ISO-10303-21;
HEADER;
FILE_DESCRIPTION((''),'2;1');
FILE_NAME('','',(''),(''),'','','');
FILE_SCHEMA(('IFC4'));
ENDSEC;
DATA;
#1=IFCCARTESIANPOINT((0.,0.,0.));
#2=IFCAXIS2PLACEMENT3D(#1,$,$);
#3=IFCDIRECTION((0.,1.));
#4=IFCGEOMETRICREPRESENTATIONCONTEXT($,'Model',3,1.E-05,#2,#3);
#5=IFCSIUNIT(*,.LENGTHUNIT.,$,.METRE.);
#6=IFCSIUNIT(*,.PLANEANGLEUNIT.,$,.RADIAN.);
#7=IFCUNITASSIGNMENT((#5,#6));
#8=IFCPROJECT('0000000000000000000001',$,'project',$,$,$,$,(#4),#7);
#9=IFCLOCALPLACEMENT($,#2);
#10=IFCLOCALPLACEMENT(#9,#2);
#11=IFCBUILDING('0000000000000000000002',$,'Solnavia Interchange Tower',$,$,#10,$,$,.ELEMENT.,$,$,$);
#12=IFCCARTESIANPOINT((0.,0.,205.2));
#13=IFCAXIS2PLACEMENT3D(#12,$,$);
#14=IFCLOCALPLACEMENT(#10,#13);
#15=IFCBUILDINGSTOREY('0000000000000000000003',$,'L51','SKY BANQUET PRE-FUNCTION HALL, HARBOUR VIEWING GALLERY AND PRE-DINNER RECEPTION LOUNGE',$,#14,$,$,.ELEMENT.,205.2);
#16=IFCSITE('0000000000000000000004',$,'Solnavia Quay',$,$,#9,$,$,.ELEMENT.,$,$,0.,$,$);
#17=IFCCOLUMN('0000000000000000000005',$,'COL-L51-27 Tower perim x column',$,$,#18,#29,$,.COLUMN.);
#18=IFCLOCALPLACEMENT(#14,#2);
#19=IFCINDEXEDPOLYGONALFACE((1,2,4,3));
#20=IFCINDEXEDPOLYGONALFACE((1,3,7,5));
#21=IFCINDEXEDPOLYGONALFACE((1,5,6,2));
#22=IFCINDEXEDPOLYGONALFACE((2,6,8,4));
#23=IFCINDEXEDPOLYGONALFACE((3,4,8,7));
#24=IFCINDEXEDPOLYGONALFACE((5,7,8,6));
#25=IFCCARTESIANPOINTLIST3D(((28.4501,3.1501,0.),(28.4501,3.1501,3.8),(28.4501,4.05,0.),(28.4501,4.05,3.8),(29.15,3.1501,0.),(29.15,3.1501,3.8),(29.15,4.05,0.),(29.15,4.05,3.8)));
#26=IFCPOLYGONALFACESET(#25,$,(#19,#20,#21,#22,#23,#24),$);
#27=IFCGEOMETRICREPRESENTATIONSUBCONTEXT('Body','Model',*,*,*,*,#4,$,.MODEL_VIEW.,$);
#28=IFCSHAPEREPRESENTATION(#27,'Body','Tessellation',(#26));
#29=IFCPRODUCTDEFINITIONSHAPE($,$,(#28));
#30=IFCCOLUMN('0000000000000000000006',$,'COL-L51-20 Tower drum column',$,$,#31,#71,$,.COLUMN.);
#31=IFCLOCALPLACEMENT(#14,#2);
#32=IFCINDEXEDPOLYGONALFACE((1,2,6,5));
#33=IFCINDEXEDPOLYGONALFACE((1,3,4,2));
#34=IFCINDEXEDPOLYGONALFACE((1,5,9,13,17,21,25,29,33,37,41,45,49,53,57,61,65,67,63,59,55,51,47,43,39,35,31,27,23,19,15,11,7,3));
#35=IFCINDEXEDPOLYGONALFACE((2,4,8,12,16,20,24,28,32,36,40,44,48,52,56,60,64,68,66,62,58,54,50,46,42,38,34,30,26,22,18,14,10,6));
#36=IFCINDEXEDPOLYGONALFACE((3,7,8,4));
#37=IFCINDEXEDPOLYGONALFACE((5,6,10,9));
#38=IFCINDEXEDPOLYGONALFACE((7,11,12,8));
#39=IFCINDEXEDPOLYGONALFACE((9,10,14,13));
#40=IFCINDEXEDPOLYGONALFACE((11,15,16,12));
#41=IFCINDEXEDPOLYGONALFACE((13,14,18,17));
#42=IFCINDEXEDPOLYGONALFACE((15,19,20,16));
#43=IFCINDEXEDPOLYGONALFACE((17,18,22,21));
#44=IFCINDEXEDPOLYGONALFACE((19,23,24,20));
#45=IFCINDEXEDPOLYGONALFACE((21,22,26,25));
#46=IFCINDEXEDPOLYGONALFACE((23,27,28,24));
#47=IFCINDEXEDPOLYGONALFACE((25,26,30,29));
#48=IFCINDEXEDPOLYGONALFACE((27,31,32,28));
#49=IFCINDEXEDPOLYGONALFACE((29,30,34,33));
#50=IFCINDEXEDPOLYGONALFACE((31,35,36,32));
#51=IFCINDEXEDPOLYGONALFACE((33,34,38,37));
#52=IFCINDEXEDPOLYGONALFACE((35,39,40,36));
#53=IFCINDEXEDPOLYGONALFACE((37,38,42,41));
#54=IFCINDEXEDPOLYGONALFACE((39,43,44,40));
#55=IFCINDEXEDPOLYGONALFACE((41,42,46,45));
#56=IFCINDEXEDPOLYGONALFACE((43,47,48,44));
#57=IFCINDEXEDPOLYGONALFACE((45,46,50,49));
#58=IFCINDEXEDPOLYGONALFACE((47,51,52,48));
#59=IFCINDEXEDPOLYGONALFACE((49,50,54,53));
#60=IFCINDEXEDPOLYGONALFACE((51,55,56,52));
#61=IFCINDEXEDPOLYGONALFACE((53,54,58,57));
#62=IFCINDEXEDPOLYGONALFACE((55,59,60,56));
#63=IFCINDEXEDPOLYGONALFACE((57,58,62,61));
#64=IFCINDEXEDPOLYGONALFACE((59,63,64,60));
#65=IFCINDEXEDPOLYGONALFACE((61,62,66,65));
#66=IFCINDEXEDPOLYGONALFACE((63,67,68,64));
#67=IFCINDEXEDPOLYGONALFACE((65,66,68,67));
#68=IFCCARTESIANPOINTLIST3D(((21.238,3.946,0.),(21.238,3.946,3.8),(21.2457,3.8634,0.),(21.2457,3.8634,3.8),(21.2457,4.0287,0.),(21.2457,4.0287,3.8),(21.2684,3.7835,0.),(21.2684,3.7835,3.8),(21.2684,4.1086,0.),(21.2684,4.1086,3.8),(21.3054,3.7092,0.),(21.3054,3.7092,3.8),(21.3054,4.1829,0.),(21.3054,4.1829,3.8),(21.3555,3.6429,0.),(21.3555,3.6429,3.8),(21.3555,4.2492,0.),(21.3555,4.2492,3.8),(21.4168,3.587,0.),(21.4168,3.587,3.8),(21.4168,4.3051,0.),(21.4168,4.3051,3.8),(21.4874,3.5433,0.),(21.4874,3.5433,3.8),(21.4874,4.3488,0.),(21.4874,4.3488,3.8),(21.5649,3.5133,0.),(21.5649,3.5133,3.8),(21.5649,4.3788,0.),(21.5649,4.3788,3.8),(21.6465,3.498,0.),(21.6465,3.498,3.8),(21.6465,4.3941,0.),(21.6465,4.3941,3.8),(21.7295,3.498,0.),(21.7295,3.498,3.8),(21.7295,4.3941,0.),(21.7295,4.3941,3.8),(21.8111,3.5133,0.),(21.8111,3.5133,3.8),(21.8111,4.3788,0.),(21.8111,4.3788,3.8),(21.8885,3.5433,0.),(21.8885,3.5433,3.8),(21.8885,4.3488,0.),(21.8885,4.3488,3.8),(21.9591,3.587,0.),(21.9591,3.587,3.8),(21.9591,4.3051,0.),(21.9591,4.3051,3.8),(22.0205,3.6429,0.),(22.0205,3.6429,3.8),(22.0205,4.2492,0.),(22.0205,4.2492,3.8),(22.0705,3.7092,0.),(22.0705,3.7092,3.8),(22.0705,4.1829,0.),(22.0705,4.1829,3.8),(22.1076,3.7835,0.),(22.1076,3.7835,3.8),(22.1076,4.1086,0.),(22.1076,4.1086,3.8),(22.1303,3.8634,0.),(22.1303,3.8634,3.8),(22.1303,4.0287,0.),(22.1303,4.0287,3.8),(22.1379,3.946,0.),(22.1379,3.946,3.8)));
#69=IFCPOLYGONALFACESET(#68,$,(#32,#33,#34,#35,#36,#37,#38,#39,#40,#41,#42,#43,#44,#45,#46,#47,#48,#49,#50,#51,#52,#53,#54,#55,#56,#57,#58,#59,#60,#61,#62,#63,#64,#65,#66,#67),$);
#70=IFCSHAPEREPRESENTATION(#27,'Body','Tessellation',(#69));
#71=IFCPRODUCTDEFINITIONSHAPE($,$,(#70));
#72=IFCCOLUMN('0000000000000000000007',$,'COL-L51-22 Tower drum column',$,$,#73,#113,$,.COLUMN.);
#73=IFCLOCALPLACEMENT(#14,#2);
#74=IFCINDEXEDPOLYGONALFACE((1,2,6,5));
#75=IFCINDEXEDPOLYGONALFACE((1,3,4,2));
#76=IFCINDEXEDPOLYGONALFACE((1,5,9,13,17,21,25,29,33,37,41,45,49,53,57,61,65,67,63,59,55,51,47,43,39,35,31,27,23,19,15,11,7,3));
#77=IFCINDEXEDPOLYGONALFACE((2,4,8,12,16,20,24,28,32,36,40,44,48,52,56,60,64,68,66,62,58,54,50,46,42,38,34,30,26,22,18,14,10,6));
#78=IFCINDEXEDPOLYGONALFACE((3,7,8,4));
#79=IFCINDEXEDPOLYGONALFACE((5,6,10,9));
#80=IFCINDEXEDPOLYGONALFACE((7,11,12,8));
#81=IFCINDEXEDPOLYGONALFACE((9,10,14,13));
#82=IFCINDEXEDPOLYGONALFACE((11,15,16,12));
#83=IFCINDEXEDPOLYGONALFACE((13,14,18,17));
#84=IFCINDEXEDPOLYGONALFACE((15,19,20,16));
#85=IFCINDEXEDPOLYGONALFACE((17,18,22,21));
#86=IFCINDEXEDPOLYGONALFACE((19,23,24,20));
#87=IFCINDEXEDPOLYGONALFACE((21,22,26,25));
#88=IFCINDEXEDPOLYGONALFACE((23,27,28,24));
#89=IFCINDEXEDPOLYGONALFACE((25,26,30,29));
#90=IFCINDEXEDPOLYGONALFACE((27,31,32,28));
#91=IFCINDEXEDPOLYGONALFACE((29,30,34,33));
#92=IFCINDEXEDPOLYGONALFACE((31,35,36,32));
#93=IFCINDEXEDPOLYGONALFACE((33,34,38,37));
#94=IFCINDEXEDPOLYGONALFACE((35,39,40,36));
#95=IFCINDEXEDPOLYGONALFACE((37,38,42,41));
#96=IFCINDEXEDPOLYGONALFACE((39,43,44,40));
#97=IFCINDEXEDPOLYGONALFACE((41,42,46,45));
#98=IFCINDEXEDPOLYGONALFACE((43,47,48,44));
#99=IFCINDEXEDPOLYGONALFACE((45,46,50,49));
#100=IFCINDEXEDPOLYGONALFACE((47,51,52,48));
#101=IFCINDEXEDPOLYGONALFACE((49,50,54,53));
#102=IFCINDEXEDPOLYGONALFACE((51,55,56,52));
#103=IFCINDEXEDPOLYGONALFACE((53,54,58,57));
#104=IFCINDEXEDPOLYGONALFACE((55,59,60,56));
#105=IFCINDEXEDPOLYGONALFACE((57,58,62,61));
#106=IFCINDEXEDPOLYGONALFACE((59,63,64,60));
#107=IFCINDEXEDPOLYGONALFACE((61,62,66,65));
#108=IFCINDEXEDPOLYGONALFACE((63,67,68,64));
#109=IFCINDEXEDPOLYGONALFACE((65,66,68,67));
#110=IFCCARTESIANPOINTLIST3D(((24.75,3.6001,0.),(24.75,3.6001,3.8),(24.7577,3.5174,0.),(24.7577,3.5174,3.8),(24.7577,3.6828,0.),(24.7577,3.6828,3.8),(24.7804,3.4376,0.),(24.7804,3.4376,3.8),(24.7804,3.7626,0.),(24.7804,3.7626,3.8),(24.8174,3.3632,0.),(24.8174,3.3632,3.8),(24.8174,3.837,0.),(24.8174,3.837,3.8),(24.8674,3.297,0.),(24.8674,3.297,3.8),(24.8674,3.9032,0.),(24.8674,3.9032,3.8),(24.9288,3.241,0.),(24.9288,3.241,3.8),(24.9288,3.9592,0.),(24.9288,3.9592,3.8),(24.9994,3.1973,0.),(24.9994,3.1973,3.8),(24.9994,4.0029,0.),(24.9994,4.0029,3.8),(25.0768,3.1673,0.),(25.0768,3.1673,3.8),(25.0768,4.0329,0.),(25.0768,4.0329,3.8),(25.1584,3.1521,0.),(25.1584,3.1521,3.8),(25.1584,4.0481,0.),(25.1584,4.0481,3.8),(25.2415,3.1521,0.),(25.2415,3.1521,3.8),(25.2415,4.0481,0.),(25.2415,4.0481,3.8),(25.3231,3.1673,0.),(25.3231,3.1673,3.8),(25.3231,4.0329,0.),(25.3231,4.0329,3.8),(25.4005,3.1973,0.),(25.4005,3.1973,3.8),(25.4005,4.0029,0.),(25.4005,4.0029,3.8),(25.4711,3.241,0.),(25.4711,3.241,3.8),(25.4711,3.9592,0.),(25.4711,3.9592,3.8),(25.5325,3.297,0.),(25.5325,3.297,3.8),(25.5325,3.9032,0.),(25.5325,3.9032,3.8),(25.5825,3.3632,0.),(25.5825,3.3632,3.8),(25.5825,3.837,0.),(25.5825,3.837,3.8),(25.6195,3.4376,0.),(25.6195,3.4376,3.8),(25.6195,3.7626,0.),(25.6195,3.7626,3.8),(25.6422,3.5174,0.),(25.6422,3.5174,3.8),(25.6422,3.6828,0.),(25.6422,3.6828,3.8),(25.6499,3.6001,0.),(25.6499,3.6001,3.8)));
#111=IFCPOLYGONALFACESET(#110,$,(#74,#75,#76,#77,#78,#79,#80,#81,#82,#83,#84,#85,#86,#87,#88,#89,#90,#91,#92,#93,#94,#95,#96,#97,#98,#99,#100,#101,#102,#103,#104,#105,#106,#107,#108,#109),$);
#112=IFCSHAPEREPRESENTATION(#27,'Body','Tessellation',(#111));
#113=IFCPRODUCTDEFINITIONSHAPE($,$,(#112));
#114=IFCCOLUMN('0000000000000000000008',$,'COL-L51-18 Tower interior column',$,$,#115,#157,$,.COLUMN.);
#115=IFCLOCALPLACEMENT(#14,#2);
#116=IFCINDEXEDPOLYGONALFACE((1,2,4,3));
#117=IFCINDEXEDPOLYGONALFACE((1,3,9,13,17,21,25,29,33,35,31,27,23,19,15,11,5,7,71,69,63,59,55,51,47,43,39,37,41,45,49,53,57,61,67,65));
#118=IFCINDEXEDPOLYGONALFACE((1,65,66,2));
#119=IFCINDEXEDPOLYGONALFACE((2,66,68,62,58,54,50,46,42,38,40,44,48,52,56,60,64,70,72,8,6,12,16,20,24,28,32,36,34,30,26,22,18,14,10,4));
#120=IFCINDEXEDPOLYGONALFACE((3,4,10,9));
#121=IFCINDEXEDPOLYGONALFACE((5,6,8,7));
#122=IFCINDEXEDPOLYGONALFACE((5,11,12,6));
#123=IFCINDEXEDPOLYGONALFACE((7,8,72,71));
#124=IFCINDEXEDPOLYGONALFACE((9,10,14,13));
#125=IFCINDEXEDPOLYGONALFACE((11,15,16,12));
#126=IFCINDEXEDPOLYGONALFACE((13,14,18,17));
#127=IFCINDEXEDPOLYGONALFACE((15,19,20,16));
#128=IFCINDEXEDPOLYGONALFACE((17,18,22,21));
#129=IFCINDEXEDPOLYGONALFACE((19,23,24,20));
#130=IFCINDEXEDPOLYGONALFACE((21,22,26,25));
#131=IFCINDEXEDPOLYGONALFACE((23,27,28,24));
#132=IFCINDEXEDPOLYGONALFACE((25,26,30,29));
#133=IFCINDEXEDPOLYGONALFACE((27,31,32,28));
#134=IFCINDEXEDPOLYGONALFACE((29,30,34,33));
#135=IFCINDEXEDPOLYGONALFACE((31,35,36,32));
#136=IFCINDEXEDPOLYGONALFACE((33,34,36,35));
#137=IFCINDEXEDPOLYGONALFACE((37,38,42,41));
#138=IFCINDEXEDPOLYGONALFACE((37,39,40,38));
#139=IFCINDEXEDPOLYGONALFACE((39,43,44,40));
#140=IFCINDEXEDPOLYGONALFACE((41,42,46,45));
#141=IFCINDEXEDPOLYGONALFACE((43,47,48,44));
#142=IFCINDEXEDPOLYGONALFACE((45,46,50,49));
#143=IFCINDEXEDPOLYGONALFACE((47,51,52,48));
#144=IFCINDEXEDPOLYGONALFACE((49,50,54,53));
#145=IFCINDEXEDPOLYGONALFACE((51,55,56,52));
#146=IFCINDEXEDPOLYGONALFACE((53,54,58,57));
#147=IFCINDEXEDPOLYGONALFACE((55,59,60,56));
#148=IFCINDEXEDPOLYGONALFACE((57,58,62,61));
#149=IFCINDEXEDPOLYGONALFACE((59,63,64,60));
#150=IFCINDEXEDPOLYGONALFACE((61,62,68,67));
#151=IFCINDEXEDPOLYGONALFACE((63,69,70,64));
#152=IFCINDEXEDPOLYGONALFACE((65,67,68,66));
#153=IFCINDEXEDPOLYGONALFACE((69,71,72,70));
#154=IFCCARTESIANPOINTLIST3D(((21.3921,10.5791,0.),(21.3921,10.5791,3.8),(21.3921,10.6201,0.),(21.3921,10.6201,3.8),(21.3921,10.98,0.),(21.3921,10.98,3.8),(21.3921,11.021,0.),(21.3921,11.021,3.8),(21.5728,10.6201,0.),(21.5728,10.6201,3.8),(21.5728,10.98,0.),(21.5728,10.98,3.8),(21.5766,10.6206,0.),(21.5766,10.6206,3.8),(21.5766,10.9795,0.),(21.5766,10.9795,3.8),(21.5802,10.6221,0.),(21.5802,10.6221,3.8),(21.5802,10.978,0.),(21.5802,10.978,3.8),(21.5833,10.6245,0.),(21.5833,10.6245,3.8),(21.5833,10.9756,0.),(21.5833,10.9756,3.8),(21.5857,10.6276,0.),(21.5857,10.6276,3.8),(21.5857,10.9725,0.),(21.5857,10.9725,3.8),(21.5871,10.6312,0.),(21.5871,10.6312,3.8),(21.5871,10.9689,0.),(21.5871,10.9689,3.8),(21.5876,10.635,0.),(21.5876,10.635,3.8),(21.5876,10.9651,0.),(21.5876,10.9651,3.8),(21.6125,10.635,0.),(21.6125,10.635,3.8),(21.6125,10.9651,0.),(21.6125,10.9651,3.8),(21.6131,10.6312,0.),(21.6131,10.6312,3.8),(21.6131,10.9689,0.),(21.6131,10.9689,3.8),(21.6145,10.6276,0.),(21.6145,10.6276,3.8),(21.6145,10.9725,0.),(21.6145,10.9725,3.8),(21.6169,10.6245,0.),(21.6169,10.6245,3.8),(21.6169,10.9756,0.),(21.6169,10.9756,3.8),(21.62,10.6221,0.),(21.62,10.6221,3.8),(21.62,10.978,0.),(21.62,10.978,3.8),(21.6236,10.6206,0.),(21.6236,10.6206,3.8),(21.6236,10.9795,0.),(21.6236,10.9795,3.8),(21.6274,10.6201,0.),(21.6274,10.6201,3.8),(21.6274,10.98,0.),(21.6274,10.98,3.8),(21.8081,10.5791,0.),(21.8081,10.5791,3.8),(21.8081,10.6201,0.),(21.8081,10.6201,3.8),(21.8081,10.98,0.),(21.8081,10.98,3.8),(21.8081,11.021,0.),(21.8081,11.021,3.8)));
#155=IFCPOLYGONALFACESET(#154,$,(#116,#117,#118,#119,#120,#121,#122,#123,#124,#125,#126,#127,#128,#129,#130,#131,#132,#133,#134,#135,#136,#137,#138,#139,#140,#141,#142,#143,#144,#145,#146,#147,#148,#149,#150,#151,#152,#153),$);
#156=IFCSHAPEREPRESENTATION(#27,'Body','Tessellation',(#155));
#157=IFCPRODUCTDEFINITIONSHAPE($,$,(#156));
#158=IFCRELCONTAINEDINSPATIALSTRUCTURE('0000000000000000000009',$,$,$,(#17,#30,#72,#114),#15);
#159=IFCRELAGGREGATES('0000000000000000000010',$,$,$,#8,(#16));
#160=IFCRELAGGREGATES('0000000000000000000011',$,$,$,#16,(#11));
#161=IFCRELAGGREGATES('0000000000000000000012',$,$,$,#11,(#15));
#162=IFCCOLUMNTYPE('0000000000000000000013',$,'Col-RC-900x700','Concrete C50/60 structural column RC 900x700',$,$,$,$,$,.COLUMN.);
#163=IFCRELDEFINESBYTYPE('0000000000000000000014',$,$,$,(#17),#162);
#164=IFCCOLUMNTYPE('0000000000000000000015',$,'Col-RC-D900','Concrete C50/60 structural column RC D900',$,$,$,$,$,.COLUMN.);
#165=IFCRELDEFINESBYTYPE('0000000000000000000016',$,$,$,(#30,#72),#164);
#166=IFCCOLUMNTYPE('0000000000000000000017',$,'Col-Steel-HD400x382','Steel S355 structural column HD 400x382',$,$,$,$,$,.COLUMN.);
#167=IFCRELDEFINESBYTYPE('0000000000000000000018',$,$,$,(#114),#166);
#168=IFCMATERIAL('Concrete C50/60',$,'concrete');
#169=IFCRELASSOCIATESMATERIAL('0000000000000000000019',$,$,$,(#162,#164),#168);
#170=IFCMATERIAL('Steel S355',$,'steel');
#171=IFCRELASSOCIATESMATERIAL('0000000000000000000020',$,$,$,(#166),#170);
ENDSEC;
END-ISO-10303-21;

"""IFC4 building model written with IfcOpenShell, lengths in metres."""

from ifc_helpers import new_model, si_unit, direction, frame, origin, origin_2d, place, context, subcontext, project, spatial, rectangle, circle, i_section, extrude, material, material_profile, profile_set, type_object, element, save


model = new_model("IFC4")

# Units and contexts
model_context = context("Model", 3, precision=1e-05, world=origin(), true_north=direction((0.0, 1.0)))
body_context = subcontext(model_context, "Body", "Model", "MODEL_VIEW")
ifc_project = project(units=[si_unit("LENGTHUNIT", "METRE"), si_unit("PLANEANGLEUNIT", "RADIAN")], contexts=[model_context])

# Site, building, storey
site_placement = place(None, origin())
site = spatial("IfcSite", under=ifc_project, at=site_placement, Name="Solnavia Quay", CompositionType="ELEMENT", RefElevation=0.0)
building_placement = place(site_placement, origin())
building = spatial("IfcBuilding", under=site, at=building_placement, Name="Solnavia Interchange Tower", CompositionType="ELEMENT")
storey_placement = place(building_placement, frame((0.0, 0.0, 205.2)))
storey = spatial("IfcBuildingStorey", under=building, at=storey_placement, Name="L51", Description="SKY BANQUET PRE-FUNCTION HALL, HARBOUR VIEWING GALLERY AND PRE-DINNER RECEPTION LOUNGE", CompositionType="ELEMENT", Elevation=205.2)

# Columns
ifc_material_1 = material(Name="Concrete C50/60", Category="concrete")
ifc_material_profile_1 = material_profile(ifc_material_1, rectangle(XDim=0.7, YDim=0.8999, at=origin_2d()), Name="RC 900x700")
ifc_profile_set_1 = profile_set([ifc_material_profile_1], Name="Concrete C50/60")
column_type_1 = type_object("IfcColumnType", Name="Col-RC-900x700", Description="Concrete C50/60 structural column RC 900x700", PredefinedType="COLUMN", material=ifc_profile_set_1)
column_1_placement = place(storey_placement, frame((28.8, 3.6001, 0.0), z_axis=(0.0, 0.0, 1.0), x_axis=(1.0, 0.0, 0.0)))
element("IfcColumn", 1, at=column_1_placement, inside=storey, type_object=column_type_1, Name="COL-L51-27 Tower perim x column", PredefinedType="COLUMN", context=body_context, shape_type="SweptSolid", body=[
    extrude(rectangle(XDim=0.7, YDim=0.8999, at=origin_2d()), origin(), (0.0, 0.0, 1.0), 3.8),
])
ifc_material_profile_2 = material_profile(ifc_material_1, circle(Radius=0.45, at=origin_2d()), Name="RC D900")
ifc_profile_set_2 = profile_set([ifc_material_profile_2], Name="Concrete C50/60")
column_type_2 = type_object("IfcColumnType", Name="Col-RC-D900", Description="Concrete C50/60 structural column RC D900", PredefinedType="COLUMN", material=ifc_profile_set_2)
for number, where, z_axis, x_axis, name in (
    (2, (21.688, 3.946, 0.0), (0.0, 0.0, 1.0), (1.0, 0.0, 0.0), "COL-L51-20 Tower drum column"),
    (3, (25.2, 3.6001, 0.0), (0.0, 0.0, 1.0), (1.0, 0.0, 0.0), "COL-L51-22 Tower drum column"),
):
    element("IfcColumn", number, at=place(storey_placement, frame(where, z_axis=z_axis, x_axis=x_axis)), inside=storey, type_object=column_type_2, Name=name, PredefinedType="COLUMN", context=body_context, shape_type="SweptSolid", body=[
        extrude(circle(Radius=0.45, at=origin_2d()), origin(), (0.0, 0.0, 1.0), 3.8),
    ])
ifc_material_2 = material(Name="Steel S355", Category="steel")
ifc_material_profile_3 = material_profile(ifc_material_2, i_section(OverallWidth=0.416, OverallDepth=0.4419, WebThickness=0.0249, FlangeThickness=0.041, FilletRadius=0.0149, at=origin_2d()), Name="HD 400x382")
ifc_profile_set_3 = profile_set([ifc_material_profile_3], Name="Steel S355")
column_type_3 = type_object("IfcColumnType", Name="Col-Steel-HD400x382", Description="Steel S355 structural column HD 400x382", PredefinedType="COLUMN", material=ifc_profile_set_3)
column_2_placement = place(storey_placement, frame((21.6001, 10.8, 0.0), z_axis=(0.0, 0.0, 1.0), x_axis=(1.0, 0.0, 0.0)))
element("IfcColumn", 4, at=column_2_placement, inside=storey, type_object=column_type_3, Name="COL-L51-18 Tower interior column", PredefinedType="COLUMN", context=body_context, shape_type="SweptSolid", body=[
    extrude(i_section(OverallWidth=0.416, OverallDepth=0.4419, WebThickness=0.0249, FlangeThickness=0.041, FilletRadius=0.0149, at=origin_2d()), origin(), (0.0, 0.0, 1.0), 3.8),
])

save(model, "model.ifc")
